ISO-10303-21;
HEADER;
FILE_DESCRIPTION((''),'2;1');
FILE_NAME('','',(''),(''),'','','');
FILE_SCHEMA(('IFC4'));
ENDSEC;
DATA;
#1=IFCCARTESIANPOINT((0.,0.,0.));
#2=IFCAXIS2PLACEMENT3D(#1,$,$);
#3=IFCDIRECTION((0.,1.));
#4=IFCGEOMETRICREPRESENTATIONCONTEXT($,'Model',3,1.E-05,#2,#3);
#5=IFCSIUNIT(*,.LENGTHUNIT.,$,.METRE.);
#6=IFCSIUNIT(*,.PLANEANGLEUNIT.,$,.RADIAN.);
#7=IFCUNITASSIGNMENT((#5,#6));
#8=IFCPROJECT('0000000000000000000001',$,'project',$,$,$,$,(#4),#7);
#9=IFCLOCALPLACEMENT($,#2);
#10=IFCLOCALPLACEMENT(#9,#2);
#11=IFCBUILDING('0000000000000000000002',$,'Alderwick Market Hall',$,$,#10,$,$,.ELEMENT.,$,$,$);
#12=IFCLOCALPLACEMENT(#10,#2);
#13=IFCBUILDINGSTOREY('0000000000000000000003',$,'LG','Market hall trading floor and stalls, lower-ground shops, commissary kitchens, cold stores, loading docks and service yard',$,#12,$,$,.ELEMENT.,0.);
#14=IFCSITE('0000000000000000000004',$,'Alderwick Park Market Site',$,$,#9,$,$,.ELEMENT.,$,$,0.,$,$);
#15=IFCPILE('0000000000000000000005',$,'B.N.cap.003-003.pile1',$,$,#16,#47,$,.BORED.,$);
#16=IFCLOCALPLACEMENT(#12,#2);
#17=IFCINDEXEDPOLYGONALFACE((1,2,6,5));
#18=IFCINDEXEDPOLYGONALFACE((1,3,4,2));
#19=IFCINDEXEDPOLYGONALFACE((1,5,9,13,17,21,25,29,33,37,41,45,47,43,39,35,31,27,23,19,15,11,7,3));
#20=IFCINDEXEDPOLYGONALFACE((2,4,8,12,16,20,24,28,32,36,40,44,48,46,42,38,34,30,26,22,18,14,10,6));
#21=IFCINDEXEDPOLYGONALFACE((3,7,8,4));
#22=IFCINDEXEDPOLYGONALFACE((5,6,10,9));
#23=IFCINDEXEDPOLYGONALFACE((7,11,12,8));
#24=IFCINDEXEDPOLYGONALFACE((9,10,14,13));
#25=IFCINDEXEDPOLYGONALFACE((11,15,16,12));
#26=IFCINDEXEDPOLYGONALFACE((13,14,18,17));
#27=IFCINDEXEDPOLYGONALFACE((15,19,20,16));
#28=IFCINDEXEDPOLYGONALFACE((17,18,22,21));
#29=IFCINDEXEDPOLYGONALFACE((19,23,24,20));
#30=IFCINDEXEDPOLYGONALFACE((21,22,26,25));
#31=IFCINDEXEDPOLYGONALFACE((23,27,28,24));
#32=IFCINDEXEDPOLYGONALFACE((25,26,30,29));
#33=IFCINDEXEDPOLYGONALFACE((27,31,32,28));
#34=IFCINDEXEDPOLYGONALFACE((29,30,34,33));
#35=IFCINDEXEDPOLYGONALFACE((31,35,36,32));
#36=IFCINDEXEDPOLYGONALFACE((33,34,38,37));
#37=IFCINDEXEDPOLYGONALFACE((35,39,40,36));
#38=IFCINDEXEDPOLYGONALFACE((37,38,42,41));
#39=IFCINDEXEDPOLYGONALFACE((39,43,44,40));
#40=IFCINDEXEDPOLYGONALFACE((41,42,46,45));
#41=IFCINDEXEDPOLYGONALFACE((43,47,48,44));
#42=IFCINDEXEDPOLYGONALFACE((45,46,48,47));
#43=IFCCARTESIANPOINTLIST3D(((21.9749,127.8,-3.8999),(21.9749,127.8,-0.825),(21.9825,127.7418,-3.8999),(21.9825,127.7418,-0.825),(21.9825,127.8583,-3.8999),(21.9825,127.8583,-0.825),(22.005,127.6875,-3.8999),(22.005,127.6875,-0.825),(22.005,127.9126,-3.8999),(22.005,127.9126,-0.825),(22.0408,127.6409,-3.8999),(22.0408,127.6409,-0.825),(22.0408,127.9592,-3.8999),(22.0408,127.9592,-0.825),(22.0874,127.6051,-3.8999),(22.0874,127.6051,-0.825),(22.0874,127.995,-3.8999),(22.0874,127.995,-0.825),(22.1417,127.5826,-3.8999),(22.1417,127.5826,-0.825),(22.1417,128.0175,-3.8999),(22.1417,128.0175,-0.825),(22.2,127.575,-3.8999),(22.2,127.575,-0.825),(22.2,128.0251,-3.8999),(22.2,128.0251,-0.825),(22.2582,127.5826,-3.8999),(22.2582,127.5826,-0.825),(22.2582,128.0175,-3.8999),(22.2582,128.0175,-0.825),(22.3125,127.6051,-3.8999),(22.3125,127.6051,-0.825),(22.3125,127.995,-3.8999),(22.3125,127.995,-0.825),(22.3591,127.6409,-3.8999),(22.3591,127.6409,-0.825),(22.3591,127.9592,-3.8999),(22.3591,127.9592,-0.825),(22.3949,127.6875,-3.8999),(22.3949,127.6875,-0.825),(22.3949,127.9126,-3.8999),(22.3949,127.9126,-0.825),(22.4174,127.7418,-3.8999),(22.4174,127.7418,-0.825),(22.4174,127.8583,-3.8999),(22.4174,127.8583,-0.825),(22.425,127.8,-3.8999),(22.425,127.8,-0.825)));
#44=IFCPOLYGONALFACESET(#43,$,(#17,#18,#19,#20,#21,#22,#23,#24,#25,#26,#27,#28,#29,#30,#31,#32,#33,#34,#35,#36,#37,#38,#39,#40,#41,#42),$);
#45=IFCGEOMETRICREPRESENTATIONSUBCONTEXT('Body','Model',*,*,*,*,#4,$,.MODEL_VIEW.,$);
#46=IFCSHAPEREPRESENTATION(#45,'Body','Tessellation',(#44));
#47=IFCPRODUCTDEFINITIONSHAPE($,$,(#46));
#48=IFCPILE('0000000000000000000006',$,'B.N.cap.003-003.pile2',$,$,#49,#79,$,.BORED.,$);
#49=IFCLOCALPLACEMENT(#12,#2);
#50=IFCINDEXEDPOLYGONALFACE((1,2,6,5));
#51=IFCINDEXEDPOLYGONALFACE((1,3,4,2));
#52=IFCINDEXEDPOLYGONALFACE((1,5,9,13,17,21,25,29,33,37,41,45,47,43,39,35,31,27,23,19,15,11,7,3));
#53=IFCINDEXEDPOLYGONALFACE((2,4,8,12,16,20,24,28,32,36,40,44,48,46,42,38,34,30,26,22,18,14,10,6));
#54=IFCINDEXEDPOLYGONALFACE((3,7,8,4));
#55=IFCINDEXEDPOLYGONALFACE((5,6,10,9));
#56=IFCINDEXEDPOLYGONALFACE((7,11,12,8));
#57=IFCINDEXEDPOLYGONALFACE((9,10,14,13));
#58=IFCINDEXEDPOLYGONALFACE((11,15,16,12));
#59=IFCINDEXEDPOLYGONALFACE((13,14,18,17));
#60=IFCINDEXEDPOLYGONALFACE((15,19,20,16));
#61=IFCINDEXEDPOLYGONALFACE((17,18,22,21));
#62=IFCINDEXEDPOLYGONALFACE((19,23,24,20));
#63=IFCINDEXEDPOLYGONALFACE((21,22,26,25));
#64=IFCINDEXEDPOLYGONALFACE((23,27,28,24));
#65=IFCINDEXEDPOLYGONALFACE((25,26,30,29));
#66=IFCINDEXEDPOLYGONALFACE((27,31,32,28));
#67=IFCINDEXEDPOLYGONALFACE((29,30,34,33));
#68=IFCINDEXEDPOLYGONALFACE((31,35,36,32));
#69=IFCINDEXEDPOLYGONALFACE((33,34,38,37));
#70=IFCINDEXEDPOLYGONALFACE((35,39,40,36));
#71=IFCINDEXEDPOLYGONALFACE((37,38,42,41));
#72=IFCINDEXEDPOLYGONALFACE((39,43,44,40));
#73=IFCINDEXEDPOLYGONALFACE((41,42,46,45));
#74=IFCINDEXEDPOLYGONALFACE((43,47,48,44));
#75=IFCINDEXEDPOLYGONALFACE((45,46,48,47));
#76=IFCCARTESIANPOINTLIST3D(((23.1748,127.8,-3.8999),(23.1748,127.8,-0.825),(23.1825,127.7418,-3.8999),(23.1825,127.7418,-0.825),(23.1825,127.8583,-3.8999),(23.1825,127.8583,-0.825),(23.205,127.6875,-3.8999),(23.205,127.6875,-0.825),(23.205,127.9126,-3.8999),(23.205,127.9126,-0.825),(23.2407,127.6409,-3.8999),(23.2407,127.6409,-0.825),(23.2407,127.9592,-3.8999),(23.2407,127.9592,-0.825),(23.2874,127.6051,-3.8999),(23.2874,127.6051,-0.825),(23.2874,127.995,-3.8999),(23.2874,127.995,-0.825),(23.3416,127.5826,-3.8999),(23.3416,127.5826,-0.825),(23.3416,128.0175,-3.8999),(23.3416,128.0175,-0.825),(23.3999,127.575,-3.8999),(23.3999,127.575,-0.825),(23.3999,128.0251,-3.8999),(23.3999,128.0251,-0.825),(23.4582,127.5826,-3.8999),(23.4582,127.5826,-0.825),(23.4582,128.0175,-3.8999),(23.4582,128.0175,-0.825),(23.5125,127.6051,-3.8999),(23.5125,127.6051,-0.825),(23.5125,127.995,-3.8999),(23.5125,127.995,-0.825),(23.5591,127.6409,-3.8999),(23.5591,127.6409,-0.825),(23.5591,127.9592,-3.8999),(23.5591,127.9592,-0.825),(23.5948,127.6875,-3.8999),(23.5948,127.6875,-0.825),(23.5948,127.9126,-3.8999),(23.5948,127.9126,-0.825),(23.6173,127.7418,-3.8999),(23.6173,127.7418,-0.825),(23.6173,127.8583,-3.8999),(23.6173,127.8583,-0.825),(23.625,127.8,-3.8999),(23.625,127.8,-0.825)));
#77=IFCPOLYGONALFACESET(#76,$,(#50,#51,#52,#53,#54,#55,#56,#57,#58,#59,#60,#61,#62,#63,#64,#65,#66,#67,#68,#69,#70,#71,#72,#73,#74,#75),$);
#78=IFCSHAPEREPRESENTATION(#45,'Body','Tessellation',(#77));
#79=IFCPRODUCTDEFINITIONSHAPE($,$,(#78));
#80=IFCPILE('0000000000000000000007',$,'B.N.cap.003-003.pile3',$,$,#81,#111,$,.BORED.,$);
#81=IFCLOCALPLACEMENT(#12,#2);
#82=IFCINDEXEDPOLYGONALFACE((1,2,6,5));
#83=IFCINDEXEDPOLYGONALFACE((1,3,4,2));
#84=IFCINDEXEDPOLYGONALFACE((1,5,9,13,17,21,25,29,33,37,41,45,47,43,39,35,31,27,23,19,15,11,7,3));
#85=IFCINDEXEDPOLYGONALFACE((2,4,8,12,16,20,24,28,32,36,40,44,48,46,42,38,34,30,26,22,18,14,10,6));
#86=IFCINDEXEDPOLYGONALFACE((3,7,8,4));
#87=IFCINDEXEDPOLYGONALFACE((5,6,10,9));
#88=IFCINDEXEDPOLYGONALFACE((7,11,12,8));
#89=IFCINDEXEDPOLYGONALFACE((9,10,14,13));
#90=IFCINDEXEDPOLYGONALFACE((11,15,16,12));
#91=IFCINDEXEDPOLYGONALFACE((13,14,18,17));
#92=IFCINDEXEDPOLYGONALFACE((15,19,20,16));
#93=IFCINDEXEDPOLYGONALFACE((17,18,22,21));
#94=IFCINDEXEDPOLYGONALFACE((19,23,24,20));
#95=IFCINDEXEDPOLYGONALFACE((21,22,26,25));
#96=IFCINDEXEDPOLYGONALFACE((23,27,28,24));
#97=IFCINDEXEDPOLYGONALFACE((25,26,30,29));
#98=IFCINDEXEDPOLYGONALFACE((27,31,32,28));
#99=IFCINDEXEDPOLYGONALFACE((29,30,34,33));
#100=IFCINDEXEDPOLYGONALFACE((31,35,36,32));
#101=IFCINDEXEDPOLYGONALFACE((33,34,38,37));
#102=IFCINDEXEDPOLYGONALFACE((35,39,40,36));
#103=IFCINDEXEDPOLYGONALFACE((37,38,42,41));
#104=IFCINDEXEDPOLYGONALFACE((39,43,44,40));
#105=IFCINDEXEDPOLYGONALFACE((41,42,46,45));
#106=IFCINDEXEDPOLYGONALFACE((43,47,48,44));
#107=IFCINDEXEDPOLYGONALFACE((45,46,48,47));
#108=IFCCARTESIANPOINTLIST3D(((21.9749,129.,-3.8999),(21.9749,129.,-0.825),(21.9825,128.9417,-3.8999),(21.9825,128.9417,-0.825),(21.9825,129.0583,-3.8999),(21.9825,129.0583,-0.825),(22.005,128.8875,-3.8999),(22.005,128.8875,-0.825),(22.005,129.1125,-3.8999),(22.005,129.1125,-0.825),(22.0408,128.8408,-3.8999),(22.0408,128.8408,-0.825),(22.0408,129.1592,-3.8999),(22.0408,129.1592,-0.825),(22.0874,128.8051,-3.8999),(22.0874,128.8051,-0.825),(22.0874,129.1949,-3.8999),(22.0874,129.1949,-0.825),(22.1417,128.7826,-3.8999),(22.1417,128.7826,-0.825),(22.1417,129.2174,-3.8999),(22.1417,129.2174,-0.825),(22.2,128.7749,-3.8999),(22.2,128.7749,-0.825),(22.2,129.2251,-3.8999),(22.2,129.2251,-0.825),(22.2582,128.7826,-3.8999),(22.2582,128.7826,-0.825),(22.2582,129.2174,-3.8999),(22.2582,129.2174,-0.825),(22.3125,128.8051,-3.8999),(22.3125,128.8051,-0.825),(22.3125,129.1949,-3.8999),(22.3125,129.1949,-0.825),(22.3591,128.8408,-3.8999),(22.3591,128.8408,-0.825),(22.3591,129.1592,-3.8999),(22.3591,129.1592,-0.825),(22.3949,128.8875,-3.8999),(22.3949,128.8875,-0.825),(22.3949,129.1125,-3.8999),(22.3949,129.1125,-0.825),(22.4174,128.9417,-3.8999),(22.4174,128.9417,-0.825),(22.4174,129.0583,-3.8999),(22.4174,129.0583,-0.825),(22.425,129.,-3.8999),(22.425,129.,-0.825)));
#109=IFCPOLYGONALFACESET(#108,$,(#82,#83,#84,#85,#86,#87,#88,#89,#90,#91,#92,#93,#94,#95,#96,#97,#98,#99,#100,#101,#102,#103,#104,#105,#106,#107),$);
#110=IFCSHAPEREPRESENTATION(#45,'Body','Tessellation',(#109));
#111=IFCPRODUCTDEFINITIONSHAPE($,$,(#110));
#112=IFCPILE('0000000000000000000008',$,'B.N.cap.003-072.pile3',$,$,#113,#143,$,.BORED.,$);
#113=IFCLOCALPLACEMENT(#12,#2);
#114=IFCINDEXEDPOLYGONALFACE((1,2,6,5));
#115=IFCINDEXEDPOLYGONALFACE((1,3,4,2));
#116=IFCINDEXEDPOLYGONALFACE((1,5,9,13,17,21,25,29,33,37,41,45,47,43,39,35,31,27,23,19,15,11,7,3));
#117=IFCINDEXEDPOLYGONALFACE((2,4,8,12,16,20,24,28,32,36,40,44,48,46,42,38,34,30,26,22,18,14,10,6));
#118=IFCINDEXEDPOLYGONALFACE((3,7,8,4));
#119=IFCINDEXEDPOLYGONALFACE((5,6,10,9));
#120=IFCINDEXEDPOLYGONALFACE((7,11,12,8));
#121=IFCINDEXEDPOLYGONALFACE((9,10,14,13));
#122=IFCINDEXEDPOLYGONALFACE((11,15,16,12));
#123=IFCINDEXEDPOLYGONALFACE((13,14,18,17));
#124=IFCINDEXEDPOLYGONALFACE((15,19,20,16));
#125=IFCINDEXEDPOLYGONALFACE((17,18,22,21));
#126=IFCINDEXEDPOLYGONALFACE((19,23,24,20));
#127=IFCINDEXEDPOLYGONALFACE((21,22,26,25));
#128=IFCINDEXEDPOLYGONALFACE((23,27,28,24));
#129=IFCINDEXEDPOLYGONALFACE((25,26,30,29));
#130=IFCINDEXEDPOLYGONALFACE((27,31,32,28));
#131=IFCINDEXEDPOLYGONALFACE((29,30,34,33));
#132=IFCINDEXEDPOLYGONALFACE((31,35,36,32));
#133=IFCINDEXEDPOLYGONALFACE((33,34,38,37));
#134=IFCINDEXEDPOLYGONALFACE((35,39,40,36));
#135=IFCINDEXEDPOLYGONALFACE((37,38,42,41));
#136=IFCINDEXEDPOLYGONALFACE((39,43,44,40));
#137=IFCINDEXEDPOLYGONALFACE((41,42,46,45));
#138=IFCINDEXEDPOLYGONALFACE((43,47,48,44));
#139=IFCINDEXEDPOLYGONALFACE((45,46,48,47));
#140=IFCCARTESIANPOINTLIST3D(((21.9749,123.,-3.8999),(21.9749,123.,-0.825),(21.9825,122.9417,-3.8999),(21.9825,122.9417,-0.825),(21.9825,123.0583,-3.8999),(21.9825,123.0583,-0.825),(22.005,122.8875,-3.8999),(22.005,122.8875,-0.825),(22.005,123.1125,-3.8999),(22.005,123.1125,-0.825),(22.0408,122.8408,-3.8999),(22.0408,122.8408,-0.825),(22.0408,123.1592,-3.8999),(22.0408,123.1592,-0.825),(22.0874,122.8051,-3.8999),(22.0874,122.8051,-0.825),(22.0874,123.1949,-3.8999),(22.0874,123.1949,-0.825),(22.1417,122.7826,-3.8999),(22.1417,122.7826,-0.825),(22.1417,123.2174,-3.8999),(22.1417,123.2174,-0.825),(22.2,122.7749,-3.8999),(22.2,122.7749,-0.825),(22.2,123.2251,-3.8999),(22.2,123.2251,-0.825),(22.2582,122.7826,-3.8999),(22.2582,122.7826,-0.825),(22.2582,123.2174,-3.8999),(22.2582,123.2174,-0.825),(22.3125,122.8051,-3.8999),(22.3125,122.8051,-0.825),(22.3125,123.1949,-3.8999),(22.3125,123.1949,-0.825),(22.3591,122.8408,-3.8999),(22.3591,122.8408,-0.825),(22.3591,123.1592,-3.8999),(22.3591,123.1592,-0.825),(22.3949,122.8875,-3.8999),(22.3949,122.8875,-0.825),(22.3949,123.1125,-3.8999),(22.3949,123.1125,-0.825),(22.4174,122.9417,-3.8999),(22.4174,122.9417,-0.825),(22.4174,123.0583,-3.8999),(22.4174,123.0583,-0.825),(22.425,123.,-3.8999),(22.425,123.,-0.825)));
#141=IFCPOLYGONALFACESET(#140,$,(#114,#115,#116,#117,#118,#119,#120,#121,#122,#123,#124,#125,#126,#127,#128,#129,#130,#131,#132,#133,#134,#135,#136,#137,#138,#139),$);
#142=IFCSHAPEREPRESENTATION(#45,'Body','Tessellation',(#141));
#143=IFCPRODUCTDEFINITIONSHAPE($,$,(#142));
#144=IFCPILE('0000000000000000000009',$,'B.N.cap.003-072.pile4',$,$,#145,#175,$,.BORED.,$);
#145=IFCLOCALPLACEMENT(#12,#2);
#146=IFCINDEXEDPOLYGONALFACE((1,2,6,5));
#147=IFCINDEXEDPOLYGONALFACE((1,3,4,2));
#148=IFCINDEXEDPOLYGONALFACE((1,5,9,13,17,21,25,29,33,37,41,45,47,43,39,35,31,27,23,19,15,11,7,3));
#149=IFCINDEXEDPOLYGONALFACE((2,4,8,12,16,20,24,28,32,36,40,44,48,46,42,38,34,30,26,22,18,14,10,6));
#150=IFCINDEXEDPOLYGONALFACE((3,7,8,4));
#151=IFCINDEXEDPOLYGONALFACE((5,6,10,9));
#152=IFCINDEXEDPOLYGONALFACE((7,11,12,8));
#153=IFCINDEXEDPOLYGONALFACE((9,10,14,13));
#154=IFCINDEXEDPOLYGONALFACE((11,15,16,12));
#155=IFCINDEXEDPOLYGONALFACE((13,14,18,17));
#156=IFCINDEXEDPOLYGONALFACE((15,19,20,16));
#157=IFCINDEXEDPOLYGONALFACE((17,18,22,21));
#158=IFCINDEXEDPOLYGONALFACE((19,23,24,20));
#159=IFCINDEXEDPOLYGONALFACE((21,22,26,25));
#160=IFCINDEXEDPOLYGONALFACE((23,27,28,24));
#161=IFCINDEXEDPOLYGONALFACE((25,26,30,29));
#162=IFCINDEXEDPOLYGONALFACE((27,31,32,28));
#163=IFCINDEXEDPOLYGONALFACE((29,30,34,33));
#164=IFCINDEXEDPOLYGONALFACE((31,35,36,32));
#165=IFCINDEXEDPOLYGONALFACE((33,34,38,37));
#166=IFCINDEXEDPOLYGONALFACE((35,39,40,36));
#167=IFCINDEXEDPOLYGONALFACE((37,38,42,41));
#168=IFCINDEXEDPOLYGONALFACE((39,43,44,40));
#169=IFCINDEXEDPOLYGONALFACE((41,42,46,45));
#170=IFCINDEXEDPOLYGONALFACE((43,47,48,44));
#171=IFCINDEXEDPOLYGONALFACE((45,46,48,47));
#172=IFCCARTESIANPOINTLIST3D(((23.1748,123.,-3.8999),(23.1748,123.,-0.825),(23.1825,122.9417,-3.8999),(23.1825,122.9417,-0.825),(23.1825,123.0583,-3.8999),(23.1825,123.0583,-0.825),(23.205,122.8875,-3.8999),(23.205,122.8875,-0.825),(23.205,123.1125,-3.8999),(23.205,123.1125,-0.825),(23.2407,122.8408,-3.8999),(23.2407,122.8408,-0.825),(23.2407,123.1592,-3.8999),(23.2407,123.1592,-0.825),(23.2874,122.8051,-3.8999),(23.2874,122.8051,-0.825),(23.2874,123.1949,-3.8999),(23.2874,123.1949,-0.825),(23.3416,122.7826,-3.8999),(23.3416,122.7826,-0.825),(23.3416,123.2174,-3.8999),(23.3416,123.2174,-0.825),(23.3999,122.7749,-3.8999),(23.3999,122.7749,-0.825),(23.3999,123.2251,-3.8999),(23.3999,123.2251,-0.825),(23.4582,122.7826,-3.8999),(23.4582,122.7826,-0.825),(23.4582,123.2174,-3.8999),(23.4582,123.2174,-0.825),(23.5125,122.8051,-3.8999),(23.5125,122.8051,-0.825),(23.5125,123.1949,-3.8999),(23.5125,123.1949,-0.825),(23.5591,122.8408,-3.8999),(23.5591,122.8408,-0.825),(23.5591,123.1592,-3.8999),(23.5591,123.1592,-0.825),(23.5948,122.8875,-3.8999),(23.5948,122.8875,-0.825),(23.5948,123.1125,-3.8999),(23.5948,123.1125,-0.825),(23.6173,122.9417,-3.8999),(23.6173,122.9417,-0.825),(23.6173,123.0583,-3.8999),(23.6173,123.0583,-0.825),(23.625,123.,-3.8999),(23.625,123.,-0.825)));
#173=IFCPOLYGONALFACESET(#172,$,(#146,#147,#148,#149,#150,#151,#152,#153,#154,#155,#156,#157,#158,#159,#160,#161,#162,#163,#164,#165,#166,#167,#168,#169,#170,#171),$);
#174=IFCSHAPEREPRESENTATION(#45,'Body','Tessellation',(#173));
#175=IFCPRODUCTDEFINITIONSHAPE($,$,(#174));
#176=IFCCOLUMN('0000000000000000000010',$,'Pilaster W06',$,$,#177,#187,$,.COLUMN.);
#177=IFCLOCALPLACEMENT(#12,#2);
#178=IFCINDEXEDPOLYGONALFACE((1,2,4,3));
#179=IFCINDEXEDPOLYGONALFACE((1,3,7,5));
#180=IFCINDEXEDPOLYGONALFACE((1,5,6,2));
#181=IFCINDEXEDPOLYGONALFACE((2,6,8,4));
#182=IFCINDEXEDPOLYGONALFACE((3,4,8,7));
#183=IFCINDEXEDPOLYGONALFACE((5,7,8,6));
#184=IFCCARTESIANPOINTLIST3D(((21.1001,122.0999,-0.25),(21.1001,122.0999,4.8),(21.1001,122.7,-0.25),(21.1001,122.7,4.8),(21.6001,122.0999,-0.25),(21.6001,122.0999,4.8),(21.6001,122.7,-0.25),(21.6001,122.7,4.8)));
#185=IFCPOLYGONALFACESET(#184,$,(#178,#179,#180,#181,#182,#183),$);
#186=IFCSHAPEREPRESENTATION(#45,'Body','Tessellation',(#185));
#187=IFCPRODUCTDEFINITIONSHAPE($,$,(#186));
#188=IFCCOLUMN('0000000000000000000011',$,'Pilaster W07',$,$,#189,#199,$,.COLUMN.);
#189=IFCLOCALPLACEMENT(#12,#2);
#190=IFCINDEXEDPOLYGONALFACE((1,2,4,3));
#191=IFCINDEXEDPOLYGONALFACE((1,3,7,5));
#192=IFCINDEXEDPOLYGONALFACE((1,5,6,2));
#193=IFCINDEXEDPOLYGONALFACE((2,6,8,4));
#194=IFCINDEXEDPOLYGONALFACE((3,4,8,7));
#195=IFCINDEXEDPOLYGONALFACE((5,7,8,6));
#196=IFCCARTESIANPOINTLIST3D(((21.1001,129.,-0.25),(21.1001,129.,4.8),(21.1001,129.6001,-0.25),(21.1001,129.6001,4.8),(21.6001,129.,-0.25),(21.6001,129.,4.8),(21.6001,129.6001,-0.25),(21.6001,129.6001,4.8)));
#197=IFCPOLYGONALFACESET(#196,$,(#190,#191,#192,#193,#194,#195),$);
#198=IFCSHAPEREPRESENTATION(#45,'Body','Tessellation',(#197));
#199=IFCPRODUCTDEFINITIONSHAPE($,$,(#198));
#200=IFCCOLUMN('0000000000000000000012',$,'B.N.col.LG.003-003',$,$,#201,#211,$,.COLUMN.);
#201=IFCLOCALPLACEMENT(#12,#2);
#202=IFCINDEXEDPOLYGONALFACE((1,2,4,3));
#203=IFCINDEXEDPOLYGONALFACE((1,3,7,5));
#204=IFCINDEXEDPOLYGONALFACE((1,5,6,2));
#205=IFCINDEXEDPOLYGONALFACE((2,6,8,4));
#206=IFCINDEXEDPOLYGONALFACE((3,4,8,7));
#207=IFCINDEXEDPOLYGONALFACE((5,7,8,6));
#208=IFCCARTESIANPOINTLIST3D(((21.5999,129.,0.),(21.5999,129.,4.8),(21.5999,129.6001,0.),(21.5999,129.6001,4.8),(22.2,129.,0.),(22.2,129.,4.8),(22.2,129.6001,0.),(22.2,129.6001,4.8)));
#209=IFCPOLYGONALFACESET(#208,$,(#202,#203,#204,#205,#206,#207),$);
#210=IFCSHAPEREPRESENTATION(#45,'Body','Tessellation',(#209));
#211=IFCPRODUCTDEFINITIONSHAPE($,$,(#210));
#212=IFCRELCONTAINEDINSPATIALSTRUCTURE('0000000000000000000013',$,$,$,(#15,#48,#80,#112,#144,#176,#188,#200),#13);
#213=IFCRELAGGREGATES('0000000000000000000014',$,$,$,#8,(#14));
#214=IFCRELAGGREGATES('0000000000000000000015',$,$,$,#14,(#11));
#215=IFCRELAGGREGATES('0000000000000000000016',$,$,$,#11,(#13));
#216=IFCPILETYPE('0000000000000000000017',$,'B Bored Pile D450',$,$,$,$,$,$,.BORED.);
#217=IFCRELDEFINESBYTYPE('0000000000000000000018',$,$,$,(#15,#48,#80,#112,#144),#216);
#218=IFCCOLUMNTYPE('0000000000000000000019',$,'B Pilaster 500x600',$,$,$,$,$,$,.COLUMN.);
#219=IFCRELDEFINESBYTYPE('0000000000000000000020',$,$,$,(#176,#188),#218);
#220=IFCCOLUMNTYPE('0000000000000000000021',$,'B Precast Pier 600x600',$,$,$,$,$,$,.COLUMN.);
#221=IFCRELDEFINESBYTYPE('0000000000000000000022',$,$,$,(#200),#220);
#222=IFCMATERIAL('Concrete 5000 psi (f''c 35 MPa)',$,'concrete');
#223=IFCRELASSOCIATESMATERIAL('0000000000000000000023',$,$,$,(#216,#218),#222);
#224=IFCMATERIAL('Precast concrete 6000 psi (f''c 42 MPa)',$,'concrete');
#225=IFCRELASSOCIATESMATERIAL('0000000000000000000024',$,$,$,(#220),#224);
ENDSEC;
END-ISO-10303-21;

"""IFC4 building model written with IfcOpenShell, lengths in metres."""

from ifc_helpers import new_model, si_unit, direction, frame, origin, origin_2d, place, context, subcontext, project, spatial, rectangle, circle, extrude, material, material_profile, profile_set, type_object, element, save


model = new_model("IFC4")

# Units and contexts
model_context = context("Model", 3, precision=1e-05, world=origin(), true_north=direction((0.0, 1.0)))
body_context = subcontext(model_context, "Body", "Model", "MODEL_VIEW")
ifc_project = project(units=[si_unit("LENGTHUNIT", "METRE"), si_unit("PLANEANGLEUNIT", "RADIAN")], contexts=[model_context])

# Site, building, storey
site_placement = place(None, origin())
site = spatial("IfcSite", under=ifc_project, at=site_placement, Name="Alderwick Park Market Site", CompositionType="ELEMENT", RefElevation=0.0)
building_placement = place(site_placement, origin())
building = spatial("IfcBuilding", under=site, at=building_placement, Name="Alderwick Market Hall", CompositionType="ELEMENT")
storey_placement = place(building_placement, origin())
storey = spatial("IfcBuildingStorey", under=building, at=storey_placement, Name="LG", Description="Market hall trading floor and stalls, lower-ground shops, commissary kitchens, cold stores, loading docks and service yard", CompositionType="ELEMENT", Elevation=0.0)

# Piles
ifc_material_1 = material(Name="Concrete 5000 psi (f'c 35 MPa)", Category="concrete")
ifc_material_profile_1 = material_profile(ifc_material_1, circle(Radius=0.2251, at=origin_2d()), Name="B Bored Pile D450")
ifc_profile_set_1 = profile_set([ifc_material_profile_1], Name="Concrete 5000 psi (f'c 35 MPa)")
pile_type = type_object("IfcPileType", Name="B Bored Pile D450", PredefinedType="BORED", material=ifc_profile_set_1)
for number, where, z_axis, x_axis, name in (
    (1, (22.2, 127.8, -0.825), (0.0, 0.0, -1.0), (1.0, 0.0, 0.0), "B.N.cap.003-003.pile1"),
    (2, (23.3999, 127.8, -0.825), (0.0, 0.0, -1.0), (1.0, 0.0, 0.0), "B.N.cap.003-003.pile2"),
    (3, (22.2, 129.0, -0.825), (0.0, 0.0, -1.0), (1.0, 0.0, 0.0), "B.N.cap.003-003.pile3"),
    (4, (22.2, 123.0, -0.825), (0.0, 0.0, -1.0), (1.0, 0.0, 0.0), "B.N.cap.003-072.pile3"),
    (5, (23.3999, 123.0, -0.825), (0.0, 0.0, -1.0), (1.0, 0.0, 0.0), "B.N.cap.003-072.pile4"),
):
    element("IfcPile", number, at=place(storey_placement, frame(where, z_axis=z_axis, x_axis=x_axis)), inside=storey, type_object=pile_type, Name=name, PredefinedType="BORED", context=body_context, shape_type="SweptSolid", body=[
        extrude(circle(Radius=0.2251, at=origin_2d()), origin(), (0.0, 0.0, 1.0), 3.075),
    ])

# Columns
ifc_material_profile_2 = material_profile(ifc_material_1, rectangle(XDim=0.5, YDim=0.6001, at=origin_2d()), Name="B Pilaster 500x600")
ifc_profile_set_2 = profile_set([ifc_material_profile_2], Name="Concrete 5000 psi (f'c 35 MPa)")
column_type_1 = type_object("IfcColumnType", Name="B Pilaster 500x600", PredefinedType="COLUMN", material=ifc_profile_set_2)
for number, where, z_axis, x_axis, name in (
    (6, (21.3501, 122.3999, -0.25), (0.0, 0.0, 1.0), (1.0, 0.0, 0.0), "Pilaster W06"),
    (7, (21.3501, 129.3, -0.25), (0.0, 0.0, 1.0), (1.0, 0.0, 0.0), "Pilaster W07"),
):
    element("IfcColumn", number, at=place(storey_placement, frame(where, z_axis=z_axis, x_axis=x_axis)), inside=storey, type_object=column_type_1, Name=name, PredefinedType="COLUMN", context=body_context, shape_type="SweptSolid", body=[
        extrude(rectangle(XDim=0.5, YDim=0.6001, at=origin_2d()), origin(), (0.0, 0.0, 1.0), 5.05),
    ])
ifc_material_2 = material(Name="Precast concrete 6000 psi (f'c 42 MPa)", Category="concrete")
ifc_material_profile_3 = material_profile(ifc_material_2, rectangle(XDim=0.6001, YDim=0.6001, at=origin_2d()), Name="B Precast Pier 600x600")
ifc_profile_set_3 = profile_set([ifc_material_profile_3], Name="Precast concrete 6000 psi (f'c 42 MPa)")
column_type_2 = type_object("IfcColumnType", Name="B Precast Pier 600x600", PredefinedType="COLUMN", material=ifc_profile_set_3)
for number, where, z_axis, x_axis, name in (
    (8, (21.8999, 129.3, 0.0), (0.0, 0.0, 1.0), (1.0, 0.0, 0.0), "B.N.col.LG.003-003"),
):
    element("IfcColumn", number, at=place(storey_placement, frame(where, z_axis=z_axis, x_axis=x_axis)), inside=storey, type_object=column_type_2, Name=name, PredefinedType="COLUMN", context=body_context, shape_type="SweptSolid", body=[
        extrude(rectangle(XDim=0.6001, YDim=0.6001, at=origin_2d()), origin(), (0.0, 0.0, 1.0), 4.8),
    ])

save(model, "model.ifc")
